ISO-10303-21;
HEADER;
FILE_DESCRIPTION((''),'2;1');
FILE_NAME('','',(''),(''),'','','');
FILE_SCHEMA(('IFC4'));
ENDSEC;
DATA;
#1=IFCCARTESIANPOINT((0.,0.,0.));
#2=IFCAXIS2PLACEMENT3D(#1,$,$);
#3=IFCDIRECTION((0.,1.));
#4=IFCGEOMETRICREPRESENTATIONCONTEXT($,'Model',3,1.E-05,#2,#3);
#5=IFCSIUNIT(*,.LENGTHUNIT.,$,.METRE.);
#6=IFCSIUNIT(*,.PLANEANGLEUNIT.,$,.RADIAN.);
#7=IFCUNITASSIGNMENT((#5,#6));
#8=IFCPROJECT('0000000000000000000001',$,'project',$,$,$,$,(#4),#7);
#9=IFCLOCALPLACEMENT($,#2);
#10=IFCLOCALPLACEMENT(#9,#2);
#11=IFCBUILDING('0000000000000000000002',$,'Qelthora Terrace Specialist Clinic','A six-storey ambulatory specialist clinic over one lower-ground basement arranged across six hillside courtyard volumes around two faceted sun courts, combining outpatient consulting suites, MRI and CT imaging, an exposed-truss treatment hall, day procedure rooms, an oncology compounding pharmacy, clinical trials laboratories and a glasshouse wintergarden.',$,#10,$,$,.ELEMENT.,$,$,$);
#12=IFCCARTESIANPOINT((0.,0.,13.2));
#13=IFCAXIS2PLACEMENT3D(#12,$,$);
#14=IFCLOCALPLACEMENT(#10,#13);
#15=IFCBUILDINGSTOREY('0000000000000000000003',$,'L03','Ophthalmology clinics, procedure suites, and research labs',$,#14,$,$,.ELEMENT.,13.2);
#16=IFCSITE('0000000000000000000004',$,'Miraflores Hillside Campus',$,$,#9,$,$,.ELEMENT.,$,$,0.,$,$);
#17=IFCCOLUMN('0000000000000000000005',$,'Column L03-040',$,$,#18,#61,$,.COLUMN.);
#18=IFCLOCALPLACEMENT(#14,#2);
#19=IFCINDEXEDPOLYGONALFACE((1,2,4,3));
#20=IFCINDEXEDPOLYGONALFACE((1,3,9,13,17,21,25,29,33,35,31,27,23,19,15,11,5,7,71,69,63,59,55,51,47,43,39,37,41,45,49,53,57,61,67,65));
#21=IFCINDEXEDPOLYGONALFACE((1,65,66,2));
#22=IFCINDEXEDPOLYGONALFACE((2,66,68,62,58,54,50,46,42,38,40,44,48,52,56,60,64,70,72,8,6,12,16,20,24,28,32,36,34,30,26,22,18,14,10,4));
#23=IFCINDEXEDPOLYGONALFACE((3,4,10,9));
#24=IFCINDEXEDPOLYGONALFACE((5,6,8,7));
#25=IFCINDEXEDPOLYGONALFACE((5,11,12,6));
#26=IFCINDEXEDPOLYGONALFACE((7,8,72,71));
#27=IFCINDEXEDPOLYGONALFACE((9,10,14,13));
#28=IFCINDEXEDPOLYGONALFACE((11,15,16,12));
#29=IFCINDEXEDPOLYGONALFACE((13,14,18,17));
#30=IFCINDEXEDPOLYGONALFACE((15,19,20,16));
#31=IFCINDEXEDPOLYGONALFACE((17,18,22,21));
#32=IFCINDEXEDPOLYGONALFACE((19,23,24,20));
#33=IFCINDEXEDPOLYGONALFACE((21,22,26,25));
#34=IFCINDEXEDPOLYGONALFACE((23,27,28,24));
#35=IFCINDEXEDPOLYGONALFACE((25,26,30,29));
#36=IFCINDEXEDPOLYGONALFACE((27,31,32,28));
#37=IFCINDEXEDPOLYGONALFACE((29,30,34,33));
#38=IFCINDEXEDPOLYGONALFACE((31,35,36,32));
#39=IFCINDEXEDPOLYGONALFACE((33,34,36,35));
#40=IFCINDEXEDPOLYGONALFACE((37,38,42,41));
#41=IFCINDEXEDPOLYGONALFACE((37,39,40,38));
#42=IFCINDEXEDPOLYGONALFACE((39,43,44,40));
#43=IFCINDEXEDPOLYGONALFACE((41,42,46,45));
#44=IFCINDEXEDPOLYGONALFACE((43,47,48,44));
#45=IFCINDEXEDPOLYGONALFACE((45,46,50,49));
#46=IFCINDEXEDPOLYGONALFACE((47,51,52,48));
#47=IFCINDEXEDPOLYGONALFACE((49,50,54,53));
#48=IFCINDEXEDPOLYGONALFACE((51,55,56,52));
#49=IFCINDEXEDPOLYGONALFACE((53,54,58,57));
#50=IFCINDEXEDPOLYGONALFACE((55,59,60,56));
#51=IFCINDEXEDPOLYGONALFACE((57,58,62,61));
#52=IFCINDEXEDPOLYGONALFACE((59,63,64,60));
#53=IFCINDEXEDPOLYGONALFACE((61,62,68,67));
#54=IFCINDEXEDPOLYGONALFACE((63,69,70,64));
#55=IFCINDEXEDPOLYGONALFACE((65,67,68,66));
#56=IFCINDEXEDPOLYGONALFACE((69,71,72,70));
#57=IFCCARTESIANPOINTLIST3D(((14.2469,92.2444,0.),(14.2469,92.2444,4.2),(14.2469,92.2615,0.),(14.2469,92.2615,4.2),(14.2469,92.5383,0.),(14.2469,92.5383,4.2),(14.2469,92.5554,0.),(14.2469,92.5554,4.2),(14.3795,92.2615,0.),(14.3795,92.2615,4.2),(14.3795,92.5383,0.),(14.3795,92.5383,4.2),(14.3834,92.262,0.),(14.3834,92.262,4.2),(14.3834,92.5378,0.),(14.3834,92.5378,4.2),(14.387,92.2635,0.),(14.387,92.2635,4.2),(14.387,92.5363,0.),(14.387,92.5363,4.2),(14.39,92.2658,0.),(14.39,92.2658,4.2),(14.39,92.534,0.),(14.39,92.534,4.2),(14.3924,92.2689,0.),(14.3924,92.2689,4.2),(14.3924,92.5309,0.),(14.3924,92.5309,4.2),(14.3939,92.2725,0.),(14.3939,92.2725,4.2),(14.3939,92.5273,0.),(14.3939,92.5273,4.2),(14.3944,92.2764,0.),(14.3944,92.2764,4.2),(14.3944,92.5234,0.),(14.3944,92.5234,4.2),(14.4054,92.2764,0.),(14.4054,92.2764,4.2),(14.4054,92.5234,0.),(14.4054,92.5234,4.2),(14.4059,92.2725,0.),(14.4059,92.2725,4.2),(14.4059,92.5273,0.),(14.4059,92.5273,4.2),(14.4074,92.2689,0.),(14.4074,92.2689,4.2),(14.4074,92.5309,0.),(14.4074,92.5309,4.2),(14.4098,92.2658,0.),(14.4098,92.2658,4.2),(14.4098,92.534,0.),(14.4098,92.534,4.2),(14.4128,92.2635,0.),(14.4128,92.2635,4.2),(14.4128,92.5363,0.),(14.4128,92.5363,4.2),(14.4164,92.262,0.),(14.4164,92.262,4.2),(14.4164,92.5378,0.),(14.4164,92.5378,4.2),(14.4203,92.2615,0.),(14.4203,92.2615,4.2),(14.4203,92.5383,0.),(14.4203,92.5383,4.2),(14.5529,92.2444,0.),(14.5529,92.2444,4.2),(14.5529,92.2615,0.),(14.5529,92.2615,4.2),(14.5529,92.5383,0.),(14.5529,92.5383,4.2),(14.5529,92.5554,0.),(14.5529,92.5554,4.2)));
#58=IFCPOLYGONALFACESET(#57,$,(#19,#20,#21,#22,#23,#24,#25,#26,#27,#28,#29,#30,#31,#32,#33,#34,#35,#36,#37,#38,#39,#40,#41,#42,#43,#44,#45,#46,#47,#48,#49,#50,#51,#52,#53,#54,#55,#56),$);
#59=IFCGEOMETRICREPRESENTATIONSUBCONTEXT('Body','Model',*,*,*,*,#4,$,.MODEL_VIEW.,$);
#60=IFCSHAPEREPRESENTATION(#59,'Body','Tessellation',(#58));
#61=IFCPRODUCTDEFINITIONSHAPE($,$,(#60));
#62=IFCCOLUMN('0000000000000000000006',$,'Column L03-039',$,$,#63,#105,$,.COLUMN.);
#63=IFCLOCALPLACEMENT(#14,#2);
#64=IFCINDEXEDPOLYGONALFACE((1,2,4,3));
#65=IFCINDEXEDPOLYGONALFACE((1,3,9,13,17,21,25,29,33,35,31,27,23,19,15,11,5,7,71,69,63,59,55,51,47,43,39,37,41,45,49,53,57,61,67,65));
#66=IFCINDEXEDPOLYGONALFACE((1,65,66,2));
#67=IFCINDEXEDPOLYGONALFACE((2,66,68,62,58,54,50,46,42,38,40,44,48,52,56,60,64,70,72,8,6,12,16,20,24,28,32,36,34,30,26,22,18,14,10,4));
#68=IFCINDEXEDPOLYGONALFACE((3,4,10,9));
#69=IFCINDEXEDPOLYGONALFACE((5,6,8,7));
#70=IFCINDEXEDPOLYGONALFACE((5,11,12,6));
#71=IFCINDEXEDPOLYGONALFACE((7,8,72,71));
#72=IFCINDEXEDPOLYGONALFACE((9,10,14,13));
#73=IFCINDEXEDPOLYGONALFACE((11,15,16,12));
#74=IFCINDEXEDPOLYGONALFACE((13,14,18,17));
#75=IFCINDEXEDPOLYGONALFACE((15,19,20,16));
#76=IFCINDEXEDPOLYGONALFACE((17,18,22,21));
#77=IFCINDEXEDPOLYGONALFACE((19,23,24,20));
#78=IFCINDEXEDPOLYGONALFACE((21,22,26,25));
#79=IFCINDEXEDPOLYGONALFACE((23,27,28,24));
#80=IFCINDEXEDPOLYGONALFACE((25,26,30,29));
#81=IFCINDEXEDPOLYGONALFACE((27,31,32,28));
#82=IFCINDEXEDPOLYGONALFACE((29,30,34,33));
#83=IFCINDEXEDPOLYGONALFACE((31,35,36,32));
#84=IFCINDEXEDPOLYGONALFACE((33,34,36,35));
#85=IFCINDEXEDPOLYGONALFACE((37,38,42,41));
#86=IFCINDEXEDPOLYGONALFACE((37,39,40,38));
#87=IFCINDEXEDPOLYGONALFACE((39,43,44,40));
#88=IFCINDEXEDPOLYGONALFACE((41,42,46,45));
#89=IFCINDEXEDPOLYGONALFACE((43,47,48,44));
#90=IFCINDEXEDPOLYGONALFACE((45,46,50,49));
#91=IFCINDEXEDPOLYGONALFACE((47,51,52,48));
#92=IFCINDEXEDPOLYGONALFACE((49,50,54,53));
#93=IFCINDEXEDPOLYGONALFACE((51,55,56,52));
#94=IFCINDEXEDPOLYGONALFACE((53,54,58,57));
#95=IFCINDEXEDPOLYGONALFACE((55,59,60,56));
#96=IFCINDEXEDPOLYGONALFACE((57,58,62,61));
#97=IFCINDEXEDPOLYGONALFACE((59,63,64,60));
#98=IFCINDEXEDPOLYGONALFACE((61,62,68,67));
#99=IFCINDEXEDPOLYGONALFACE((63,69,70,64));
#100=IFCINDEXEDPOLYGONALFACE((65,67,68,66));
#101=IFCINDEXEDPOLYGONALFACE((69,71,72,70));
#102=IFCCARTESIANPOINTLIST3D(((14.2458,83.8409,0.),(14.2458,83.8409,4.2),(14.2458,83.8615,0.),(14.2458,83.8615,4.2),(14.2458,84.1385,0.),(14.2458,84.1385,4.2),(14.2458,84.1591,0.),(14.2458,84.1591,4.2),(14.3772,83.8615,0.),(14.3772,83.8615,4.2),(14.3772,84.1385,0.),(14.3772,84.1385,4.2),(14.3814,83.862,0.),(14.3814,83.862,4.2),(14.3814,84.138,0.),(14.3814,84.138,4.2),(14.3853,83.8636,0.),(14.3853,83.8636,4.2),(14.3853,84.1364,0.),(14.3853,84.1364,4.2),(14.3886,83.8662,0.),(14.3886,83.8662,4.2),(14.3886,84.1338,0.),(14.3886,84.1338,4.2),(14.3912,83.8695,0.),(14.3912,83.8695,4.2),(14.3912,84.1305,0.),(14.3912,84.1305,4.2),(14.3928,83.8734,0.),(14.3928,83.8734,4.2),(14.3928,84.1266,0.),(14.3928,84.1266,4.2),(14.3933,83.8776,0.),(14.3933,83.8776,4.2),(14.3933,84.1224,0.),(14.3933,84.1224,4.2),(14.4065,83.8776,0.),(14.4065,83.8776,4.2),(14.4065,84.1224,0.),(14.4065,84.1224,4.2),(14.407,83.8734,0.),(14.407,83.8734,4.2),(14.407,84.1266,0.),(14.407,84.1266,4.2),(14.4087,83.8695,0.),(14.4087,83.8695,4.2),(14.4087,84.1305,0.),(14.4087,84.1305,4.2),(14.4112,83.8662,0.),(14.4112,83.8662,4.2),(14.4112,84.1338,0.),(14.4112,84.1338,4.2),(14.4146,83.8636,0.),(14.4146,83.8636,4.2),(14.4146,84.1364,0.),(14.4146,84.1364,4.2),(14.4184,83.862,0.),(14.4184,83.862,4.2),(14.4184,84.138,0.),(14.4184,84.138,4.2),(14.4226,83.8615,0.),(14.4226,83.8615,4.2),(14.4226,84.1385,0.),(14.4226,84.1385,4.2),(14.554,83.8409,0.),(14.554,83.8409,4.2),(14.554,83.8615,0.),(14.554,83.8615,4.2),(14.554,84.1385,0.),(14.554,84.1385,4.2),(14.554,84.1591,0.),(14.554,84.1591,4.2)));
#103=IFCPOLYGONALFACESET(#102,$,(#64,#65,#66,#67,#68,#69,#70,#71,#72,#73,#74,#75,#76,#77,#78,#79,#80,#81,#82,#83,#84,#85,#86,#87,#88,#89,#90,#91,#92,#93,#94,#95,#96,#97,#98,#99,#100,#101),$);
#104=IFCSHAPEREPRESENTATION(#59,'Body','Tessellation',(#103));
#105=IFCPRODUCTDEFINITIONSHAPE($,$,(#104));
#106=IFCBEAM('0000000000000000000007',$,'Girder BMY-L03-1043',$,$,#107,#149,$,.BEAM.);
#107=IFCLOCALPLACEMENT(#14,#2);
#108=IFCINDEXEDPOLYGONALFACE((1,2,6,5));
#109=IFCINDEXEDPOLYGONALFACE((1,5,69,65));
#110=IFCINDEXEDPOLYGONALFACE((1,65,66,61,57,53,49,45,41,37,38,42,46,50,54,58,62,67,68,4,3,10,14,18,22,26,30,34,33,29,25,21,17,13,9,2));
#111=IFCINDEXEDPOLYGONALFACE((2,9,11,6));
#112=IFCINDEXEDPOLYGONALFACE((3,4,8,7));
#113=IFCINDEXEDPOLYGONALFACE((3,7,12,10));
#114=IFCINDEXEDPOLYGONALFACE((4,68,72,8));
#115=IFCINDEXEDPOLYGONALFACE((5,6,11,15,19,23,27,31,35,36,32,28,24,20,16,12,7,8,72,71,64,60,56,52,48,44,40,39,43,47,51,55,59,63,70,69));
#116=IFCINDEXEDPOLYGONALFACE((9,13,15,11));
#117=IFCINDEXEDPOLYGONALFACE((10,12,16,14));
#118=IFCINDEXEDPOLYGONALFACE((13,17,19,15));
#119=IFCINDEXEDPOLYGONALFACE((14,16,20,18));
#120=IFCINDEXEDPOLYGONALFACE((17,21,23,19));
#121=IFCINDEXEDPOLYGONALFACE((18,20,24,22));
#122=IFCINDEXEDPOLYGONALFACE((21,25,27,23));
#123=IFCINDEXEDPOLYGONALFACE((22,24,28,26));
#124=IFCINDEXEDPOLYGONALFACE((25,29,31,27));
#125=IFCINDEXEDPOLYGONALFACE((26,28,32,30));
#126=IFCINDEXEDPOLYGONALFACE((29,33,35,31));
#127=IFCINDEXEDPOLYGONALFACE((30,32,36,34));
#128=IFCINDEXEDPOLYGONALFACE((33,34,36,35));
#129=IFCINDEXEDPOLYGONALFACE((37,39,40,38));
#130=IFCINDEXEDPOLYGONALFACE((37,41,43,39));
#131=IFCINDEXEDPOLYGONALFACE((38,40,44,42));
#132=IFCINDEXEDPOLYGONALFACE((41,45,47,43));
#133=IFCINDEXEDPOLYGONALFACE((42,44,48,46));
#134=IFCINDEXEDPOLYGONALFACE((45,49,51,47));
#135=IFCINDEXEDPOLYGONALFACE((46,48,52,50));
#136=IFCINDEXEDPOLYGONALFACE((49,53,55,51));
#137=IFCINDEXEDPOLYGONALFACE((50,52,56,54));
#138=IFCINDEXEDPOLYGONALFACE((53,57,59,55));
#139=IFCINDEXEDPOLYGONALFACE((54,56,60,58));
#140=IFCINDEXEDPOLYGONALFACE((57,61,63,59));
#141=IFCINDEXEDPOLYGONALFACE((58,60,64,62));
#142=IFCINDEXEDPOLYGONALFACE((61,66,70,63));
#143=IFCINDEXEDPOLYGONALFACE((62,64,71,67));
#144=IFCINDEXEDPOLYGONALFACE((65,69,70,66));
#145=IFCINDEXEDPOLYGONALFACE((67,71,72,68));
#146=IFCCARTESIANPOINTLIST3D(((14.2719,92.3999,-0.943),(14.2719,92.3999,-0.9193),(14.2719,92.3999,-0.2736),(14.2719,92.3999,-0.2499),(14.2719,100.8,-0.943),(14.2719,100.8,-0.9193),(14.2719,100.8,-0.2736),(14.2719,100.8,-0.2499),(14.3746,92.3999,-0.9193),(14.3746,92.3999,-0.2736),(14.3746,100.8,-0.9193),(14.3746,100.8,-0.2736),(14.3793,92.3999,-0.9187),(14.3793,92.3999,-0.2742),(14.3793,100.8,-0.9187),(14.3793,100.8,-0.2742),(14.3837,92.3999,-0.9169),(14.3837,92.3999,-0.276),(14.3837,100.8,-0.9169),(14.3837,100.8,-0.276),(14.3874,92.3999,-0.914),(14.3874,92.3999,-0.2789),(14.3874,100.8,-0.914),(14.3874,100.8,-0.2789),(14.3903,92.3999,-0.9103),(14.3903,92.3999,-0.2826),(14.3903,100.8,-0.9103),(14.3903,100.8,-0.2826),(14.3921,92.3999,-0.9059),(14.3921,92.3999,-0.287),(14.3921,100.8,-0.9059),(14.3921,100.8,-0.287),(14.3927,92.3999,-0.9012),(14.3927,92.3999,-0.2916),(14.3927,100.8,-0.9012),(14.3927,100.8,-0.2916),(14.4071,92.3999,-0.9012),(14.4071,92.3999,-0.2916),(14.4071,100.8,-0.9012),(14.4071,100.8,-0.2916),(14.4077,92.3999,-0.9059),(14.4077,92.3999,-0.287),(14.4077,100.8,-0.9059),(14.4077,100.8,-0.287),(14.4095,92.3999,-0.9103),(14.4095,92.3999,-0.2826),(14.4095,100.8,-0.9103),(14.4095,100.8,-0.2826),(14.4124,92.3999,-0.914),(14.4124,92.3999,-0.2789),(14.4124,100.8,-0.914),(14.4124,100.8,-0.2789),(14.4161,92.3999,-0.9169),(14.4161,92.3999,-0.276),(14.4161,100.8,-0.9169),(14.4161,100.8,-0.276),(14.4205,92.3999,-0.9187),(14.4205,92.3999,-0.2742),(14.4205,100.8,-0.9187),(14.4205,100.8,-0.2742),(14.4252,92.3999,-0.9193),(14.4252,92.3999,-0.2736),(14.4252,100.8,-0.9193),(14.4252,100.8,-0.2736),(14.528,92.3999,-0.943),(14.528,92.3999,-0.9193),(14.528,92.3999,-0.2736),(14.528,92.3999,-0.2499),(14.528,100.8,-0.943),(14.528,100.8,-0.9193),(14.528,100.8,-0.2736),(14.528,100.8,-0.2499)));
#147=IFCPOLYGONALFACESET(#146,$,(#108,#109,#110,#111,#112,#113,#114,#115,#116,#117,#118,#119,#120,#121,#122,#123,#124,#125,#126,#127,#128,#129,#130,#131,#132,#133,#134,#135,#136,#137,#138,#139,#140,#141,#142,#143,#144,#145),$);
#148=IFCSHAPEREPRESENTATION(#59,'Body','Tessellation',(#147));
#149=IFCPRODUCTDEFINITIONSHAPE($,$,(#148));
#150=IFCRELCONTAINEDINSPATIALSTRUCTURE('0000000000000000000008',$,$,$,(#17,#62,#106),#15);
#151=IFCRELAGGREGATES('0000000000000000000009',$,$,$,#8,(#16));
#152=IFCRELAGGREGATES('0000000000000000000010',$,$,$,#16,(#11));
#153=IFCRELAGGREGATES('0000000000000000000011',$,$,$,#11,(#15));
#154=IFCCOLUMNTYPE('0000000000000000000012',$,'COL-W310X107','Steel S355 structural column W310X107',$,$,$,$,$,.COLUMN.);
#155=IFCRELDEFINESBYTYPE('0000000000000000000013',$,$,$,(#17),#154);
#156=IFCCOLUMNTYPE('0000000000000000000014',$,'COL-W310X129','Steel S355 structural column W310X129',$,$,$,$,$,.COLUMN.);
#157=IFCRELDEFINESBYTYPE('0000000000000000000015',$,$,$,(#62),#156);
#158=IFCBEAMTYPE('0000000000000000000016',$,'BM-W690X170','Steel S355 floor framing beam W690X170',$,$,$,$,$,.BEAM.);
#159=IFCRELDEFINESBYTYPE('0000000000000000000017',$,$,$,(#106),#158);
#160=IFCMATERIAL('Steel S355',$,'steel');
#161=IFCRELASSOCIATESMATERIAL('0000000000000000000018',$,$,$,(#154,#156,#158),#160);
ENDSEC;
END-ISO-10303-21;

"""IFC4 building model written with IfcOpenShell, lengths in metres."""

from ifc_helpers import new_model, si_unit, direction, frame, origin, origin_2d, place, context, subcontext, project, spatial, i_section, extrude, material, material_profile, profile_set, type_object, element, save


model = new_model("IFC4")

# Units and contexts
model_context = context("Model", 3, precision=1e-05, world=origin(), true_north=direction((0.0, 1.0)))
body_context = subcontext(model_context, "Body", "Model", "MODEL_VIEW")
ifc_project = project(units=[si_unit("LENGTHUNIT", "METRE"), si_unit("PLANEANGLEUNIT", "RADIAN")], contexts=[model_context])

# Site, building, storey
site_placement = place(None, origin())
site = spatial("IfcSite", under=ifc_project, at=site_placement, Name="Miraflores Hillside Campus", CompositionType="ELEMENT", RefElevation=0.0)
building_placement = place(site_placement, origin())
building = spatial("IfcBuilding", under=site, at=building_placement, Name="Qelthora Terrace Specialist Clinic", Description="A six-storey ambulatory specialist clinic over one lower-ground basement arranged across six hillside courtyard volumes around two faceted sun courts, combining outpatient consulting suites, MRI and CT imaging, an exposed-truss treatment hall, day procedure rooms, an oncology compounding pharmacy, clinical trials laboratories and a glasshouse wintergarden.", CompositionType="ELEMENT")
storey_placement = place(building_placement, frame((0.0, 0.0, 13.2)))
storey = spatial("IfcBuildingStorey", under=building, at=storey_placement, Name="L03", Description="Ophthalmology clinics, procedure suites, and research labs", CompositionType="ELEMENT", Elevation=13.2)

# Columns
ifc_material_1 = material(Name="Steel S355", Category="steel")
ifc_material_profile_1 = material_profile(ifc_material_1, i_section(OverallWidth=0.3059, OverallDepth=0.311, WebThickness=0.011, FlangeThickness=0.0171, FilletRadius=0.0149, at=origin_2d()), Name="W310X107")
ifc_profile_set_1 = profile_set([ifc_material_profile_1], Name="Steel S355")
column_type_1 = type_object("IfcColumnType", Name="COL-W310X107", Description="Steel S355 structural column W310X107", PredefinedType="COLUMN", material=ifc_profile_set_1)
column_1_placement = place(storey_placement, frame((14.3999, 92.3999, 0.0), z_axis=(0.0, 0.0, 1.0), x_axis=(1.0, 0.0, 0.0)))
element("IfcColumn", 1, at=column_1_placement, inside=storey, type_object=column_type_1, Name="Column L03-040", PredefinedType="COLUMN", context=body_context, shape_type="SweptSolid", body=[
    extrude(i_section(OverallWidth=0.3059, OverallDepth=0.311, WebThickness=0.011, FlangeThickness=0.0171, FilletRadius=0.0149, at=origin_2d()), origin(), (0.0, 0.0, 1.0), 4.2),
])
ifc_material_profile_2 = material_profile(ifc_material_1, i_section(OverallWidth=0.3081, OverallDepth=0.3181, WebThickness=0.0132, FlangeThickness=0.0205, FilletRadius=0.0161, at=origin_2d()), Name="W310X129")
ifc_profile_set_2 = profile_set([ifc_material_profile_2], Name="Steel S355")
column_type_2 = type_object("IfcColumnType", Name="COL-W310X129", Description="Steel S355 structural column W310X129", PredefinedType="COLUMN", material=ifc_profile_set_2)
column_2_placement = place(storey_placement, frame((14.3999, 84.0, 0.0), z_axis=(0.0, 0.0, 1.0), x_axis=(1.0, 0.0, 0.0)))
element("IfcColumn", 2, at=column_2_placement, inside=storey, type_object=column_type_2, Name="Column L03-039", PredefinedType="COLUMN", context=body_context, shape_type="SweptSolid", body=[
    extrude(i_section(OverallWidth=0.3081, OverallDepth=0.3181, WebThickness=0.0132, FlangeThickness=0.0205, FilletRadius=0.0161, at=origin_2d()), origin(), (0.0, 0.0, 1.0), 4.2),
])

# Beam
ifc_material_profile_3 = material_profile(ifc_material_1, i_section(OverallWidth=0.2561, OverallDepth=0.6931, WebThickness=0.0144, FlangeThickness=0.0237, FilletRadius=0.0181, at=origin_2d()), Name="W690X170")
ifc_profile_set_3 = profile_set([ifc_material_profile_3], Name="Steel S355")
beam_type_1 = type_object("IfcBeamType", Name="BM-W690X170", Description="Steel S355 floor framing beam W690X170", PredefinedType="BEAM", material=ifc_profile_set_3)
beam_1_placement = place(storey_placement, frame((14.3999, 92.3999, -0.5964), z_axis=(0.0, 1.0, 0.0), x_axis=(-1.0, 0.0, 0.0)))
element("IfcBeam", 3, at=beam_1_placement, inside=storey, type_object=beam_type_1, Name="Girder BMY-L03-1043", PredefinedType="BEAM", context=body_context, shape_type="SweptSolid", body=[
    extrude(i_section(OverallWidth=0.2561, OverallDepth=0.6931, WebThickness=0.0144, FlangeThickness=0.0237, FilletRadius=0.0181, at=origin_2d()), origin(), (0.0, 0.0, 1.0), 8.4001),
])

save(model, "model.ifc")
